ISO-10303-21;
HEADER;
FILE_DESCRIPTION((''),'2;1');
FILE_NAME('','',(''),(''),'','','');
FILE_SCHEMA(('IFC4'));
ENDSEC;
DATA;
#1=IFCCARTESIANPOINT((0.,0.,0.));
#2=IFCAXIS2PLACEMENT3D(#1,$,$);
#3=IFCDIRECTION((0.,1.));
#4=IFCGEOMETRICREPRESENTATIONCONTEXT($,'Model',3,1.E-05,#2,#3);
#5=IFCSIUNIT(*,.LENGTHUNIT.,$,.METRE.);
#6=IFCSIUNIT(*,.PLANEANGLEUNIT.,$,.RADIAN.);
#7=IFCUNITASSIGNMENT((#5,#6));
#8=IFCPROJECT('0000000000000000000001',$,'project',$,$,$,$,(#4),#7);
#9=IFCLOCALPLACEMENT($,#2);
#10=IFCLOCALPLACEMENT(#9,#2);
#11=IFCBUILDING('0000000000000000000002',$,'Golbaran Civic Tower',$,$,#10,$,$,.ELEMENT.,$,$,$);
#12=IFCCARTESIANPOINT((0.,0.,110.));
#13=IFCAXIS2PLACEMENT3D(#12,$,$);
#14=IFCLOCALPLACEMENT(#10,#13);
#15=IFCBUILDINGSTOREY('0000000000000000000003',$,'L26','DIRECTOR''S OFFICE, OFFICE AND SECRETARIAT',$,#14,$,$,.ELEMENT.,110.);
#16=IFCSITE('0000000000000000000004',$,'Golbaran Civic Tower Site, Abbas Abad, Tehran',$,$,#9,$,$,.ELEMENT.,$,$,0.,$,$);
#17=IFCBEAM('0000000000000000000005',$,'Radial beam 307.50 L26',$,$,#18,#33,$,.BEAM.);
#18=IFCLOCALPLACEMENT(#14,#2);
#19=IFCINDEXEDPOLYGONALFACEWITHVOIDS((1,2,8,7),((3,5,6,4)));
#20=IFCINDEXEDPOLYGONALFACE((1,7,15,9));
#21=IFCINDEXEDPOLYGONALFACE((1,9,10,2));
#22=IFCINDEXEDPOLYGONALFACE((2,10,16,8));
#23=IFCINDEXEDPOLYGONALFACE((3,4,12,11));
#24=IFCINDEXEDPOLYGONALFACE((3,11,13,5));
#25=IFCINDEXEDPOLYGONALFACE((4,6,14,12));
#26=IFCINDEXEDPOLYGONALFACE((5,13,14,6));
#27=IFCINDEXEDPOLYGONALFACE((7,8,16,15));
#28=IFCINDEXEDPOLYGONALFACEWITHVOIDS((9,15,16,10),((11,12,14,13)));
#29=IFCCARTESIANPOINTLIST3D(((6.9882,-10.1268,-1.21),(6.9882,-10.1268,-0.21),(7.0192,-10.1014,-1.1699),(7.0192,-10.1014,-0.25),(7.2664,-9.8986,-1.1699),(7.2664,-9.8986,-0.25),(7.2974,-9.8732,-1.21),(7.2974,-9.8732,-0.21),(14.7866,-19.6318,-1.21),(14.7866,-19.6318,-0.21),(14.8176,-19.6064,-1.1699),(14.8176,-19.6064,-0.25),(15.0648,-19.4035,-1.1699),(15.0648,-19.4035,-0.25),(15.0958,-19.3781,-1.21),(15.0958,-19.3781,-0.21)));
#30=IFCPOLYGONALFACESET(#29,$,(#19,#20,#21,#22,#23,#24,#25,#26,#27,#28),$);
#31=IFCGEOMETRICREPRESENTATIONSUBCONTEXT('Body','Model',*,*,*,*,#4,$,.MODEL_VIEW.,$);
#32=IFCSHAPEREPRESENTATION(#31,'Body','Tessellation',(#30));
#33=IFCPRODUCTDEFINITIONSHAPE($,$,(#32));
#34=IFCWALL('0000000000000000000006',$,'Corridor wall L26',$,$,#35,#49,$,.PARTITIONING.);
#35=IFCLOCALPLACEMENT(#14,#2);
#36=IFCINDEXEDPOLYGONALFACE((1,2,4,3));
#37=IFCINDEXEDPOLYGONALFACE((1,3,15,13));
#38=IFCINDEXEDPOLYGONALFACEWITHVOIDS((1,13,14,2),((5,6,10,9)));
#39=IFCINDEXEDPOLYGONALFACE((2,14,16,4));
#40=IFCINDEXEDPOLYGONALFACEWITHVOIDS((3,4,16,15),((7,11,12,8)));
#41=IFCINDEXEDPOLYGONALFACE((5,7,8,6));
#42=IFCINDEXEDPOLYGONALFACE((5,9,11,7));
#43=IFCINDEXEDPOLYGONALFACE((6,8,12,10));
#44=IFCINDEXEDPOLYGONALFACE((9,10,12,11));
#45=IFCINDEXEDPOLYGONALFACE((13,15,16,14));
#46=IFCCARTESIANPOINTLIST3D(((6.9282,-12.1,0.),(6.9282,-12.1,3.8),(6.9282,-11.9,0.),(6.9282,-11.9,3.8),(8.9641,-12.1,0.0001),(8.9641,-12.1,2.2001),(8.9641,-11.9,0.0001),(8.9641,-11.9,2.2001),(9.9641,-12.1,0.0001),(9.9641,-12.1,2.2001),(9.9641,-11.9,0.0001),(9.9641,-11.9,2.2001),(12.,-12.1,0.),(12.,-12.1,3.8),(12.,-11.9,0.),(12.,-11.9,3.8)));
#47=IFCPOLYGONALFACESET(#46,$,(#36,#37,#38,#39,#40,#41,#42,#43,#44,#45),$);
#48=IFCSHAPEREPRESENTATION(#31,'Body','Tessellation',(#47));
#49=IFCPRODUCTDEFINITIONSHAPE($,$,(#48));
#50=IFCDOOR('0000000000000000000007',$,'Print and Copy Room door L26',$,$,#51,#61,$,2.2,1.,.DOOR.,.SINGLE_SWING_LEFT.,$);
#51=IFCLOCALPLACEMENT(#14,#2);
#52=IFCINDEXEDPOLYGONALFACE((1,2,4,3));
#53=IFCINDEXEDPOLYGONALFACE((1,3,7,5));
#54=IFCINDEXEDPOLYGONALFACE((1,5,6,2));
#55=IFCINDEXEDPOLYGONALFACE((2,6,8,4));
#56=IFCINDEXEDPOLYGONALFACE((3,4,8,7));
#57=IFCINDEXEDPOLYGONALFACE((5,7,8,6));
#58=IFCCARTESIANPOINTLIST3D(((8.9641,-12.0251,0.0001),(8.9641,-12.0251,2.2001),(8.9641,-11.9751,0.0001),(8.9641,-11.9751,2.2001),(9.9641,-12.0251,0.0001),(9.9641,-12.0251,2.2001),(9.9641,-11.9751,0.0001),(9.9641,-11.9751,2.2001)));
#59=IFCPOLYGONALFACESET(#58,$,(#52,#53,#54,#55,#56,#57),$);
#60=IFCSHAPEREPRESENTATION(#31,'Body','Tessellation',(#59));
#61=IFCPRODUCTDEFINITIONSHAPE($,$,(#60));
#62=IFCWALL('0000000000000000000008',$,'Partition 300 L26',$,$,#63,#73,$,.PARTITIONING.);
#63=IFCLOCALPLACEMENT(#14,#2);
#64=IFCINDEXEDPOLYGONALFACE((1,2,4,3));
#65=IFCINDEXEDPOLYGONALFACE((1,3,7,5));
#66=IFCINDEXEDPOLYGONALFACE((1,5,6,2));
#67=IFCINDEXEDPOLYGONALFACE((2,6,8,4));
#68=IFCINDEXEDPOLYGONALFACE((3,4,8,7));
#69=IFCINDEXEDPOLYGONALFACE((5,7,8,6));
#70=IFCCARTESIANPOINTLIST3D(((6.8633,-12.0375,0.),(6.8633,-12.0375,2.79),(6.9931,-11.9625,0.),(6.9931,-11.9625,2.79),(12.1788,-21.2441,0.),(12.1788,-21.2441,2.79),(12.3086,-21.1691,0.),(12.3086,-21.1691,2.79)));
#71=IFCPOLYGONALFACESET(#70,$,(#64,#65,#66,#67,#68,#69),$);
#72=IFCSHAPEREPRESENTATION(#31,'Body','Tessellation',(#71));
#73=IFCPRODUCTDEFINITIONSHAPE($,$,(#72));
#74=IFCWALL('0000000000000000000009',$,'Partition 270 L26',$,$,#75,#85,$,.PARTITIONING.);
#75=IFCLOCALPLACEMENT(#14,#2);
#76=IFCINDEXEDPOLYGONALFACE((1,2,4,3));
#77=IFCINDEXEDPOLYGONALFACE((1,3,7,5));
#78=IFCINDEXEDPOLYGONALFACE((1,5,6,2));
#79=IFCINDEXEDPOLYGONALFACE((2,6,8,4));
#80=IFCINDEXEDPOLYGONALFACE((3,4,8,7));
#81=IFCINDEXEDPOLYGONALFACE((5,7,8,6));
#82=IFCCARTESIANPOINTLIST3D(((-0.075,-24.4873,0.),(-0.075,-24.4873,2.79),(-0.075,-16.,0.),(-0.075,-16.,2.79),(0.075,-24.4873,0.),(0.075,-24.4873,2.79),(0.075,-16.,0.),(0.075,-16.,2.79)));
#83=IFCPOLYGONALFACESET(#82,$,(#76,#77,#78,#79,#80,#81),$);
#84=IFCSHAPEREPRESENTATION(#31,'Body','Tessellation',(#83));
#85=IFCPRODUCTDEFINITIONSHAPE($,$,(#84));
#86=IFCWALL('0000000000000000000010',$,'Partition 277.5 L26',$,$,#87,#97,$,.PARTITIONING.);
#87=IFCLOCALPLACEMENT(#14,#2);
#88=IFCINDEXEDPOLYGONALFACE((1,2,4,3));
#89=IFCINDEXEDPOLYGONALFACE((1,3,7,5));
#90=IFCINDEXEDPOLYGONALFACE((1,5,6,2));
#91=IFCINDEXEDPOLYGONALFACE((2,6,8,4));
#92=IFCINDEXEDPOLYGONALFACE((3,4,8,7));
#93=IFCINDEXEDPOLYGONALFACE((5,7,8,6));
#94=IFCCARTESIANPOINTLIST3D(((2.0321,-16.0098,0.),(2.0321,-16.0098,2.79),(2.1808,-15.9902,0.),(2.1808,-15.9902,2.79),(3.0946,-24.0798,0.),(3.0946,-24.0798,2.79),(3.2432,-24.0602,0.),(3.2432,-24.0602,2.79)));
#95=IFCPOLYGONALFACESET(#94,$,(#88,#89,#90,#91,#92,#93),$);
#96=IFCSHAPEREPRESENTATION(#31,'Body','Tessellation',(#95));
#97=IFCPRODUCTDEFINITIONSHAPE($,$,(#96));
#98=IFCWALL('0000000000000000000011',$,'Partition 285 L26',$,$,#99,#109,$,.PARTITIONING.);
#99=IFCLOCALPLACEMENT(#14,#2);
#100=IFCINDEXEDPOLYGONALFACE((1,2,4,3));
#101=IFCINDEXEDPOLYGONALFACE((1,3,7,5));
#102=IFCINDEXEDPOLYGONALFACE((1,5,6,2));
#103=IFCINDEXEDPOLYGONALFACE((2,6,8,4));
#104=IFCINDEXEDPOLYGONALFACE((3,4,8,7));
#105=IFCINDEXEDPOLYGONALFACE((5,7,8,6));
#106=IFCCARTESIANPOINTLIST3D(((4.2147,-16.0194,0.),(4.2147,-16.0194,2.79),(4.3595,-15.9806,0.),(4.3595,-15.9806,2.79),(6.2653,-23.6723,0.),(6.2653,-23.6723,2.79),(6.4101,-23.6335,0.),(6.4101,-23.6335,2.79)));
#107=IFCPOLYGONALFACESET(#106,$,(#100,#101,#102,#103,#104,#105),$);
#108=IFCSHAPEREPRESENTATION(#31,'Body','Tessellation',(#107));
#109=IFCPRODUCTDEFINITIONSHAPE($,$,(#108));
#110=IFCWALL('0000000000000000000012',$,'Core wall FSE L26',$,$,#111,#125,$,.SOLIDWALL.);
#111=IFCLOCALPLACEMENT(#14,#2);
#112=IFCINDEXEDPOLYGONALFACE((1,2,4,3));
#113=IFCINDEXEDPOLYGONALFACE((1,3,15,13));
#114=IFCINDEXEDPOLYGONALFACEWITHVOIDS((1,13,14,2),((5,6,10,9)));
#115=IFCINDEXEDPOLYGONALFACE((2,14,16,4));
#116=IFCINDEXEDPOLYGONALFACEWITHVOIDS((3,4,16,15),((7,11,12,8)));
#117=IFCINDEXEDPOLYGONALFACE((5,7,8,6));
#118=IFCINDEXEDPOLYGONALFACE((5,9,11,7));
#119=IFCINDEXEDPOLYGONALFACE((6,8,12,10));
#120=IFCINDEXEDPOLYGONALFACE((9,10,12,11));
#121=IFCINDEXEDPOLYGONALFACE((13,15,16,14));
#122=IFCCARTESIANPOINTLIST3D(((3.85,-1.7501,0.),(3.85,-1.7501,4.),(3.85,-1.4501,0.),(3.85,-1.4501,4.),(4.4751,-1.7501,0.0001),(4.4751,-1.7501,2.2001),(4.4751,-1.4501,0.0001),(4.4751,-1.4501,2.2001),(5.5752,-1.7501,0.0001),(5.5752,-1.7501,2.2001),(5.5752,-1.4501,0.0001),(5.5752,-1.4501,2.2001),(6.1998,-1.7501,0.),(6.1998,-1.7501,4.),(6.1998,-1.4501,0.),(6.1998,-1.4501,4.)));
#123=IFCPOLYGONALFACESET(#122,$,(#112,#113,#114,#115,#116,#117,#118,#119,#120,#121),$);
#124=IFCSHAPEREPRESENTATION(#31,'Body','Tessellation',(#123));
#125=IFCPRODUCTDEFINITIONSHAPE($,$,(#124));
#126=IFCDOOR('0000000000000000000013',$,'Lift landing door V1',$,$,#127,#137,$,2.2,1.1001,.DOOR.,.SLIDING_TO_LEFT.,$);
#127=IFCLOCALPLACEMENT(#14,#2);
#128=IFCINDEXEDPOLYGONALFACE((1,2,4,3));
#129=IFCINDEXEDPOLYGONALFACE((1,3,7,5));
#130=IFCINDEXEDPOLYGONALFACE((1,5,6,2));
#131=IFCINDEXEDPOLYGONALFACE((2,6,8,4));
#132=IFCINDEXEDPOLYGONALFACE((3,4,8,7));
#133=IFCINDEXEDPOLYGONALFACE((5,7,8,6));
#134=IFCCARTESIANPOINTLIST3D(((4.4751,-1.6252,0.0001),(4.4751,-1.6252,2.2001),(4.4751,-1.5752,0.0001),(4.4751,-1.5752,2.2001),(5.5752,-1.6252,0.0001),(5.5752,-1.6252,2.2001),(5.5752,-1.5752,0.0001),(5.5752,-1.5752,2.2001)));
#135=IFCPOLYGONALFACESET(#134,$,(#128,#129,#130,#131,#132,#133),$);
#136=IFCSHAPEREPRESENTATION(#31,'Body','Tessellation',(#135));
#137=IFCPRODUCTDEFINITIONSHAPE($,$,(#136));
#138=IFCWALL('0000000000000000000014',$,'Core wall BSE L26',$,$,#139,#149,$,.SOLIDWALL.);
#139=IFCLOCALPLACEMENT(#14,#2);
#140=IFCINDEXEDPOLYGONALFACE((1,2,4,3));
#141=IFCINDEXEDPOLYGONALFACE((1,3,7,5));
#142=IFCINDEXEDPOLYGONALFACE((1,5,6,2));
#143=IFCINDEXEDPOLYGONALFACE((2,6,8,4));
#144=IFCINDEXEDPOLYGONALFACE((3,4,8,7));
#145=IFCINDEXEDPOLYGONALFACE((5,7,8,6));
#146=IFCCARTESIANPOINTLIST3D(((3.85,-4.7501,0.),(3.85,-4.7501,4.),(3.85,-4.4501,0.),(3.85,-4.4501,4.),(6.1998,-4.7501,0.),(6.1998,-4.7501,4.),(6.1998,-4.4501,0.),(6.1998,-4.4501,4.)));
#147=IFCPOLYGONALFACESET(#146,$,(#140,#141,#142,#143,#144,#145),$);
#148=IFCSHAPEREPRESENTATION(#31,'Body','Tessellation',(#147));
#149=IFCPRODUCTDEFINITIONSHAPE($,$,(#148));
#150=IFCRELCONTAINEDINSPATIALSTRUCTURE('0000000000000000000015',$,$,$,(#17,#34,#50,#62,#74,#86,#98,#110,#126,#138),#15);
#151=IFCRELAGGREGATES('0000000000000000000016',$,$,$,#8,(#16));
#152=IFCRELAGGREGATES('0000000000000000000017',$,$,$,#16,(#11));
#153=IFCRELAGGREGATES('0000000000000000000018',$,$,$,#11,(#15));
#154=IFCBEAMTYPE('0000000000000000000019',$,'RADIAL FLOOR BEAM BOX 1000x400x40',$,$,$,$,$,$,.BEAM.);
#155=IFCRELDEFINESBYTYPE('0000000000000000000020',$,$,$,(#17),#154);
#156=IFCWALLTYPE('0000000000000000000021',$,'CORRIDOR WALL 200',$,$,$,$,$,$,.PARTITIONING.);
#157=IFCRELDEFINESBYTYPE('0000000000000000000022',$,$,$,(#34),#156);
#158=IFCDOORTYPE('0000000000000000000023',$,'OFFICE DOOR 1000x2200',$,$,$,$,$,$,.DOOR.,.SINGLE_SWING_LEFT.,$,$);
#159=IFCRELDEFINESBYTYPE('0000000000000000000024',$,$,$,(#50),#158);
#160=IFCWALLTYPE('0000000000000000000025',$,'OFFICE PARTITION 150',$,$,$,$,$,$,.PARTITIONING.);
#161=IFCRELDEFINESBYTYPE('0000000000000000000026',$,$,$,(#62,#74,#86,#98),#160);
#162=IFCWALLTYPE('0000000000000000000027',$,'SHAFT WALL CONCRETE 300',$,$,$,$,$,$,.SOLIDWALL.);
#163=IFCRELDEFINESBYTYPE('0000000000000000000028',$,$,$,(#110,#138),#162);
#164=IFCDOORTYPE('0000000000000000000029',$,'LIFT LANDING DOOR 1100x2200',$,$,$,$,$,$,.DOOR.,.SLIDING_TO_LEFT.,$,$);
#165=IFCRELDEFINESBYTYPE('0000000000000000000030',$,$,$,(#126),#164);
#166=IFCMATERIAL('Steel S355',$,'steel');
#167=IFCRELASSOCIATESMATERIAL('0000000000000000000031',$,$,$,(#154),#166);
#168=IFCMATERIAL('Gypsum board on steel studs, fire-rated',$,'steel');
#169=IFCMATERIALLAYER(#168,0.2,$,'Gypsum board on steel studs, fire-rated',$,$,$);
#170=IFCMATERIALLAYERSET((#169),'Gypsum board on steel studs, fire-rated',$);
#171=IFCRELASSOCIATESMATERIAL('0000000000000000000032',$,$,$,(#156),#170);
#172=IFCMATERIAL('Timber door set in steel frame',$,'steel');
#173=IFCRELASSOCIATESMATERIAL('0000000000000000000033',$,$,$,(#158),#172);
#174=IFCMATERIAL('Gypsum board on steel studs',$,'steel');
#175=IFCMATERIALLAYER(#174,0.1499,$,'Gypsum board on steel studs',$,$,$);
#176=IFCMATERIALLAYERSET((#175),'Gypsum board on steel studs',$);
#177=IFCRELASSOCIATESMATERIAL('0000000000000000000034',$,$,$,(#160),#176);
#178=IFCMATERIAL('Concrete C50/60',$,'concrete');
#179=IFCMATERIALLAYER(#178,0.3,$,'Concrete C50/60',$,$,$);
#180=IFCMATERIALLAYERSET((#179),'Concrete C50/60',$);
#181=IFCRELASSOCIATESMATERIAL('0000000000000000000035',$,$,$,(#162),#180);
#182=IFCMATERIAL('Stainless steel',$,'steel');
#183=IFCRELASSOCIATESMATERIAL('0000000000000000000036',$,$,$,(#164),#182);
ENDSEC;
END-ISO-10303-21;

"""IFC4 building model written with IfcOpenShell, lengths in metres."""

from ifc_helpers import new_model, si_unit, direction, frame, frame_2d, origin, origin_2d, place, context, subcontext, project, spatial, rectangle, hollow_rectangle, extrude, material, layer, layer_set, material_profile, profile_set, type_object, element, fill, save


model = new_model("IFC4")

# Units and contexts
model_context = context("Model", 3, precision=1e-05, world=origin(), true_north=direction((0.0, 1.0)))
body_context = subcontext(model_context, "Body", "Model", "MODEL_VIEW")
ifc_project = project(units=[si_unit("LENGTHUNIT", "METRE"), si_unit("PLANEANGLEUNIT", "RADIAN")], contexts=[model_context])

# Site, building, storey
site_placement = place(None, origin())
site = spatial("IfcSite", under=ifc_project, at=site_placement, Name="Golbaran Civic Tower Site, Abbas Abad, Tehran", CompositionType="ELEMENT", RefElevation=0.0)
building_placement = place(site_placement, origin())
building = spatial("IfcBuilding", under=site, at=building_placement, Name="Golbaran Civic Tower", CompositionType="ELEMENT")
storey_placement = place(building_placement, frame((0.0, 0.0, 110.0)))
storey = spatial("IfcBuildingStorey", under=building, at=storey_placement, Name="L26", Description="DIRECTOR'S OFFICE, OFFICE AND SECRETARIAT", CompositionType="ELEMENT", Elevation=110.0)

# Beam
ifc_material_1 = material(Name="Steel S355", Category="steel")
ifc_material_profile_1 = material_profile(ifc_material_1, hollow_rectangle(XDim=0.3999, YDim=1.0, WallThickness=0.04, at=origin_2d()), Name="BOX 1000x400x40")
ifc_profile_set_1 = profile_set([ifc_material_profile_1], Name="Steel S355")
beam_type_1 = type_object("IfcBeamType", Name="RADIAL FLOOR BEAM BOX 1000x400x40", PredefinedType="BEAM", material=ifc_profile_set_1)
beam_1_placement = place(storey_placement, frame((7.1428, -10.0, -0.71), z_axis=(0.63429, -0.773095, 0.0), x_axis=(0.773095, 0.63429, 0.0)))
element("IfcBeam", 1, at=beam_1_placement, inside=storey, type_object=beam_type_1, Name="Radial beam 307.50 L26", PredefinedType="BEAM", context=body_context, shape_type="SweptSolid", body=[
    extrude(hollow_rectangle(XDim=0.3999, YDim=1.0, WallThickness=0.04, at=origin_2d()), origin(), (0.0, 0.0, 1.0), 12.2947),
])

# Wall, opening, door
ifc_material_2 = material(Name="Gypsum board on steel studs, fire-rated", Category="steel")
ifc_layer_1 = layer(ifc_material_2, 0.2, Name="Gypsum board on steel studs, fire-rated")
ifc_layer_set_1 = layer_set([ifc_layer_1], Name="Gypsum board on steel studs, fire-rated")
wall_type_1 = type_object("IfcWallType", Name="CORRIDOR WALL 200", PredefinedType="PARTITIONING", material=ifc_layer_set_1)
wall_1_placement = place(storey_placement, frame((6.9282, -12.0, 0.0), z_axis=(0.0, 0.0, 1.0), x_axis=(1.0, 0.0, 0.0)))
wall_1 = element("IfcWall", 2, at=wall_1_placement, inside=storey, type_object=wall_type_1, Name="Corridor wall L26", PredefinedType="PARTITIONING", context=body_context, shape_type="SweptSolid", body=[
    extrude(rectangle(XDim=5.0718, YDim=0.2, at=frame_2d((2.5359, 0.0))), origin(), (0.0, 0.0, 1.0), 3.8),
])
opening_1_placement = place(wall_1_placement, frame((2.0359, 0.0, 0.0)))
opening_1 = element("IfcOpeningElement", 3, at=opening_1_placement, cuts=wall_1, PredefinedType="OPENING", context=body_context, shape_type="SweptSolid", body=[
    extrude(rectangle(XDim=1.0, YDim=2.2, at=frame_2d((0.5, 1.1001))), frame((0.0, 0.1099, 0.0), z_axis=(0.0, -1.0, 0.0), x_axis=(1.0, 0.0, 0.0)), (0.0, 0.0, 1.0), 0.22),
])
ifc_material_3 = material(Name="Timber door set in steel frame", Category="steel")
door_type_1 = type_object("IfcDoorType", Name="OFFICE DOOR 1000x2200", OperationType="SINGLE_SWING_LEFT", PredefinedType="DOOR", material=ifc_material_3)
door_1_placement = place(opening_1_placement, origin())
door_1 = element("IfcDoor", 4, at=door_1_placement, inside=storey, type_object=door_type_1, Name="Print and Copy Room door L26", OperationType="SINGLE_SWING_LEFT", OverallHeight=2.2, OverallWidth=1.0, PredefinedType="DOOR", context=body_context, shape_type="SweptSolid", body=[
    extrude(rectangle(XDim=1.0, YDim=2.2, at=frame_2d((0.5, 1.1001))), frame((0.0, 0.0249, 0.0), z_axis=(0.0, -1.0, 0.0), x_axis=(1.0, 0.0, 0.0)), (0.0, 0.0, 1.0), 0.05),
])
fill(opening_1, door_1)

# Walls
ifc_material_4 = material(Name="Gypsum board on steel studs", Category="steel")
ifc_layer_2 = layer(ifc_material_4, 0.1499, Name="Gypsum board on steel studs")
ifc_layer_set_2 = layer_set([ifc_layer_2], Name="Gypsum board on steel studs")
wall_type_2 = type_object("IfcWallType", Name="OFFICE PARTITION 150", PredefinedType="PARTITIONING", material=ifc_layer_set_2)
wall_2_placement = place(storey_placement, frame((6.9282, -12.0, 0.0), z_axis=(0.0, 0.0, 1.0), x_axis=(0.500002, -0.866024, 0.0)))
element("IfcWall", 5, at=wall_2_placement, inside=storey, type_object=wall_type_2, Name="Partition 300 L26", PredefinedType="PARTITIONING", context=body_context, shape_type="SweptSolid", body=[
    extrude(rectangle(XDim=10.6309, YDim=0.1499, at=frame_2d((5.3154, 0.0))), origin(), (0.0, 0.0, 1.0), 2.79),
])
wall_3_placement = place(storey_placement, frame((0.0, -16.0, 0.0), z_axis=(0.0, 0.0, 1.0), x_axis=(0.0, -1.0, 0.0)))
element("IfcWall", 6, at=wall_3_placement, inside=storey, type_object=wall_type_2, Name="Partition 270 L26", PredefinedType="PARTITIONING", context=body_context, shape_type="SweptSolid", body=[
    extrude(rectangle(XDim=8.4873, YDim=0.1499, at=frame_2d((4.2437, 0.0))), origin(), (0.0, 0.0, 1.0), 2.79),
])
wall_4_placement = place(storey_placement, frame((2.1064, -16.0, 0.0), z_axis=(0.0, 0.0, 1.0), x_axis=(0.130533, -0.991444, 0.0)))
element("IfcWall", 7, at=wall_4_placement, inside=storey, type_object=wall_type_2, Name="Partition 277.5 L26", PredefinedType="PARTITIONING", context=body_context, shape_type="SweptSolid", body=[
    extrude(rectangle(XDim=8.1396, YDim=0.1499, at=frame_2d((4.0698, 0.0))), origin(), (0.0, 0.0, 1.0), 2.79),
])
wall_5_placement = place(storey_placement, frame((4.2871, -16.0, 0.0), z_axis=(0.0, 0.0, 1.0), x_axis=(0.258815, -0.965927, 0.0)))
element("IfcWall", 8, at=wall_5_placement, inside=storey, type_object=wall_type_2, Name="Partition 285 L26", PredefinedType="PARTITIONING", context=body_context, shape_type="SweptSolid", body=[
    extrude(rectangle(XDim=7.9229, YDim=0.1499, at=frame_2d((3.9614, 0.0))), origin(), (0.0, 0.0, 1.0), 2.79),
])

# Wall, opening, door
ifc_material_5 = material(Name="Concrete C50/60", Category="concrete")
ifc_layer_3 = layer(ifc_material_5, 0.3, Name="Concrete C50/60")
ifc_layer_set_3 = layer_set([ifc_layer_3], Name="Concrete C50/60")
wall_type_3 = type_object("IfcWallType", Name="SHAFT WALL CONCRETE 300", PredefinedType="SOLIDWALL", material=ifc_layer_set_3)
wall_6_placement = place(storey_placement, frame((3.8501, -1.6001, 0.0), z_axis=(0.0, 0.0, 1.0), x_axis=(1.0, 0.0, 0.0)))
wall_6 = element("IfcWall", 9, at=wall_6_placement, inside=storey, type_object=wall_type_3, Name="Core wall FSE L26", PredefinedType="SOLIDWALL", context=body_context, shape_type="SweptSolid", body=[
    extrude(rectangle(XDim=2.3499, YDim=0.3, at=frame_2d((1.1748, 0.0))), origin(), (0.0, 0.0, 1.0), 4.0),
])
opening_2_placement = place(wall_6_placement, frame((0.625, 0.0, 0.0)))
opening_2 = element("IfcOpeningElement", 10, at=opening_2_placement, cuts=wall_6, PredefinedType="OPENING", context=body_context, shape_type="SweptSolid", body=[
    extrude(rectangle(XDim=1.1001, YDim=2.2, at=frame_2d((0.55, 1.1001))), frame((0.0, 0.1599, 0.0), z_axis=(0.0, -1.0, 0.0), x_axis=(1.0, 0.0, 0.0)), (0.0, 0.0, 1.0), 0.3201),
])
ifc_material_6 = material(Name="Stainless steel", Category="steel")
door_type_2 = type_object("IfcDoorType", Name="LIFT LANDING DOOR 1100x2200", OperationType="SLIDING_TO_LEFT", PredefinedType="DOOR", material=ifc_material_6)
door_2_placement = place(opening_2_placement, origin())
door_2 = element("IfcDoor", 11, at=door_2_placement, inside=storey, type_object=door_type_2, Name="Lift landing door V1", OperationType="SLIDING_TO_LEFT", OverallHeight=2.2, OverallWidth=1.1001, PredefinedType="DOOR", context=body_context, shape_type="SweptSolid", body=[
    extrude(rectangle(XDim=1.1001, YDim=2.2, at=frame_2d((0.55, 1.1001))), frame((0.0, 0.0249, 0.0), z_axis=(0.0, -1.0, 0.0), x_axis=(1.0, 0.0, 0.0)), (0.0, 0.0, 1.0), 0.05),
])
fill(opening_2, door_2)

# Wall
wall_7_placement = place(storey_placement, frame((3.8501, -4.6001, 0.0), z_axis=(0.0, 0.0, 1.0), x_axis=(1.0, 0.0, 0.0)))
element("IfcWall", 12, at=wall_7_placement, inside=storey, type_object=wall_type_3, Name="Core wall BSE L26", PredefinedType="SOLIDWALL", context=body_context, shape_type="SweptSolid", body=[
    extrude(rectangle(XDim=2.3499, YDim=0.3, at=frame_2d((1.1748, 0.0))), origin(), (0.0, 0.0, 1.0), 4.0),
])

save(model, "model.ifc")
